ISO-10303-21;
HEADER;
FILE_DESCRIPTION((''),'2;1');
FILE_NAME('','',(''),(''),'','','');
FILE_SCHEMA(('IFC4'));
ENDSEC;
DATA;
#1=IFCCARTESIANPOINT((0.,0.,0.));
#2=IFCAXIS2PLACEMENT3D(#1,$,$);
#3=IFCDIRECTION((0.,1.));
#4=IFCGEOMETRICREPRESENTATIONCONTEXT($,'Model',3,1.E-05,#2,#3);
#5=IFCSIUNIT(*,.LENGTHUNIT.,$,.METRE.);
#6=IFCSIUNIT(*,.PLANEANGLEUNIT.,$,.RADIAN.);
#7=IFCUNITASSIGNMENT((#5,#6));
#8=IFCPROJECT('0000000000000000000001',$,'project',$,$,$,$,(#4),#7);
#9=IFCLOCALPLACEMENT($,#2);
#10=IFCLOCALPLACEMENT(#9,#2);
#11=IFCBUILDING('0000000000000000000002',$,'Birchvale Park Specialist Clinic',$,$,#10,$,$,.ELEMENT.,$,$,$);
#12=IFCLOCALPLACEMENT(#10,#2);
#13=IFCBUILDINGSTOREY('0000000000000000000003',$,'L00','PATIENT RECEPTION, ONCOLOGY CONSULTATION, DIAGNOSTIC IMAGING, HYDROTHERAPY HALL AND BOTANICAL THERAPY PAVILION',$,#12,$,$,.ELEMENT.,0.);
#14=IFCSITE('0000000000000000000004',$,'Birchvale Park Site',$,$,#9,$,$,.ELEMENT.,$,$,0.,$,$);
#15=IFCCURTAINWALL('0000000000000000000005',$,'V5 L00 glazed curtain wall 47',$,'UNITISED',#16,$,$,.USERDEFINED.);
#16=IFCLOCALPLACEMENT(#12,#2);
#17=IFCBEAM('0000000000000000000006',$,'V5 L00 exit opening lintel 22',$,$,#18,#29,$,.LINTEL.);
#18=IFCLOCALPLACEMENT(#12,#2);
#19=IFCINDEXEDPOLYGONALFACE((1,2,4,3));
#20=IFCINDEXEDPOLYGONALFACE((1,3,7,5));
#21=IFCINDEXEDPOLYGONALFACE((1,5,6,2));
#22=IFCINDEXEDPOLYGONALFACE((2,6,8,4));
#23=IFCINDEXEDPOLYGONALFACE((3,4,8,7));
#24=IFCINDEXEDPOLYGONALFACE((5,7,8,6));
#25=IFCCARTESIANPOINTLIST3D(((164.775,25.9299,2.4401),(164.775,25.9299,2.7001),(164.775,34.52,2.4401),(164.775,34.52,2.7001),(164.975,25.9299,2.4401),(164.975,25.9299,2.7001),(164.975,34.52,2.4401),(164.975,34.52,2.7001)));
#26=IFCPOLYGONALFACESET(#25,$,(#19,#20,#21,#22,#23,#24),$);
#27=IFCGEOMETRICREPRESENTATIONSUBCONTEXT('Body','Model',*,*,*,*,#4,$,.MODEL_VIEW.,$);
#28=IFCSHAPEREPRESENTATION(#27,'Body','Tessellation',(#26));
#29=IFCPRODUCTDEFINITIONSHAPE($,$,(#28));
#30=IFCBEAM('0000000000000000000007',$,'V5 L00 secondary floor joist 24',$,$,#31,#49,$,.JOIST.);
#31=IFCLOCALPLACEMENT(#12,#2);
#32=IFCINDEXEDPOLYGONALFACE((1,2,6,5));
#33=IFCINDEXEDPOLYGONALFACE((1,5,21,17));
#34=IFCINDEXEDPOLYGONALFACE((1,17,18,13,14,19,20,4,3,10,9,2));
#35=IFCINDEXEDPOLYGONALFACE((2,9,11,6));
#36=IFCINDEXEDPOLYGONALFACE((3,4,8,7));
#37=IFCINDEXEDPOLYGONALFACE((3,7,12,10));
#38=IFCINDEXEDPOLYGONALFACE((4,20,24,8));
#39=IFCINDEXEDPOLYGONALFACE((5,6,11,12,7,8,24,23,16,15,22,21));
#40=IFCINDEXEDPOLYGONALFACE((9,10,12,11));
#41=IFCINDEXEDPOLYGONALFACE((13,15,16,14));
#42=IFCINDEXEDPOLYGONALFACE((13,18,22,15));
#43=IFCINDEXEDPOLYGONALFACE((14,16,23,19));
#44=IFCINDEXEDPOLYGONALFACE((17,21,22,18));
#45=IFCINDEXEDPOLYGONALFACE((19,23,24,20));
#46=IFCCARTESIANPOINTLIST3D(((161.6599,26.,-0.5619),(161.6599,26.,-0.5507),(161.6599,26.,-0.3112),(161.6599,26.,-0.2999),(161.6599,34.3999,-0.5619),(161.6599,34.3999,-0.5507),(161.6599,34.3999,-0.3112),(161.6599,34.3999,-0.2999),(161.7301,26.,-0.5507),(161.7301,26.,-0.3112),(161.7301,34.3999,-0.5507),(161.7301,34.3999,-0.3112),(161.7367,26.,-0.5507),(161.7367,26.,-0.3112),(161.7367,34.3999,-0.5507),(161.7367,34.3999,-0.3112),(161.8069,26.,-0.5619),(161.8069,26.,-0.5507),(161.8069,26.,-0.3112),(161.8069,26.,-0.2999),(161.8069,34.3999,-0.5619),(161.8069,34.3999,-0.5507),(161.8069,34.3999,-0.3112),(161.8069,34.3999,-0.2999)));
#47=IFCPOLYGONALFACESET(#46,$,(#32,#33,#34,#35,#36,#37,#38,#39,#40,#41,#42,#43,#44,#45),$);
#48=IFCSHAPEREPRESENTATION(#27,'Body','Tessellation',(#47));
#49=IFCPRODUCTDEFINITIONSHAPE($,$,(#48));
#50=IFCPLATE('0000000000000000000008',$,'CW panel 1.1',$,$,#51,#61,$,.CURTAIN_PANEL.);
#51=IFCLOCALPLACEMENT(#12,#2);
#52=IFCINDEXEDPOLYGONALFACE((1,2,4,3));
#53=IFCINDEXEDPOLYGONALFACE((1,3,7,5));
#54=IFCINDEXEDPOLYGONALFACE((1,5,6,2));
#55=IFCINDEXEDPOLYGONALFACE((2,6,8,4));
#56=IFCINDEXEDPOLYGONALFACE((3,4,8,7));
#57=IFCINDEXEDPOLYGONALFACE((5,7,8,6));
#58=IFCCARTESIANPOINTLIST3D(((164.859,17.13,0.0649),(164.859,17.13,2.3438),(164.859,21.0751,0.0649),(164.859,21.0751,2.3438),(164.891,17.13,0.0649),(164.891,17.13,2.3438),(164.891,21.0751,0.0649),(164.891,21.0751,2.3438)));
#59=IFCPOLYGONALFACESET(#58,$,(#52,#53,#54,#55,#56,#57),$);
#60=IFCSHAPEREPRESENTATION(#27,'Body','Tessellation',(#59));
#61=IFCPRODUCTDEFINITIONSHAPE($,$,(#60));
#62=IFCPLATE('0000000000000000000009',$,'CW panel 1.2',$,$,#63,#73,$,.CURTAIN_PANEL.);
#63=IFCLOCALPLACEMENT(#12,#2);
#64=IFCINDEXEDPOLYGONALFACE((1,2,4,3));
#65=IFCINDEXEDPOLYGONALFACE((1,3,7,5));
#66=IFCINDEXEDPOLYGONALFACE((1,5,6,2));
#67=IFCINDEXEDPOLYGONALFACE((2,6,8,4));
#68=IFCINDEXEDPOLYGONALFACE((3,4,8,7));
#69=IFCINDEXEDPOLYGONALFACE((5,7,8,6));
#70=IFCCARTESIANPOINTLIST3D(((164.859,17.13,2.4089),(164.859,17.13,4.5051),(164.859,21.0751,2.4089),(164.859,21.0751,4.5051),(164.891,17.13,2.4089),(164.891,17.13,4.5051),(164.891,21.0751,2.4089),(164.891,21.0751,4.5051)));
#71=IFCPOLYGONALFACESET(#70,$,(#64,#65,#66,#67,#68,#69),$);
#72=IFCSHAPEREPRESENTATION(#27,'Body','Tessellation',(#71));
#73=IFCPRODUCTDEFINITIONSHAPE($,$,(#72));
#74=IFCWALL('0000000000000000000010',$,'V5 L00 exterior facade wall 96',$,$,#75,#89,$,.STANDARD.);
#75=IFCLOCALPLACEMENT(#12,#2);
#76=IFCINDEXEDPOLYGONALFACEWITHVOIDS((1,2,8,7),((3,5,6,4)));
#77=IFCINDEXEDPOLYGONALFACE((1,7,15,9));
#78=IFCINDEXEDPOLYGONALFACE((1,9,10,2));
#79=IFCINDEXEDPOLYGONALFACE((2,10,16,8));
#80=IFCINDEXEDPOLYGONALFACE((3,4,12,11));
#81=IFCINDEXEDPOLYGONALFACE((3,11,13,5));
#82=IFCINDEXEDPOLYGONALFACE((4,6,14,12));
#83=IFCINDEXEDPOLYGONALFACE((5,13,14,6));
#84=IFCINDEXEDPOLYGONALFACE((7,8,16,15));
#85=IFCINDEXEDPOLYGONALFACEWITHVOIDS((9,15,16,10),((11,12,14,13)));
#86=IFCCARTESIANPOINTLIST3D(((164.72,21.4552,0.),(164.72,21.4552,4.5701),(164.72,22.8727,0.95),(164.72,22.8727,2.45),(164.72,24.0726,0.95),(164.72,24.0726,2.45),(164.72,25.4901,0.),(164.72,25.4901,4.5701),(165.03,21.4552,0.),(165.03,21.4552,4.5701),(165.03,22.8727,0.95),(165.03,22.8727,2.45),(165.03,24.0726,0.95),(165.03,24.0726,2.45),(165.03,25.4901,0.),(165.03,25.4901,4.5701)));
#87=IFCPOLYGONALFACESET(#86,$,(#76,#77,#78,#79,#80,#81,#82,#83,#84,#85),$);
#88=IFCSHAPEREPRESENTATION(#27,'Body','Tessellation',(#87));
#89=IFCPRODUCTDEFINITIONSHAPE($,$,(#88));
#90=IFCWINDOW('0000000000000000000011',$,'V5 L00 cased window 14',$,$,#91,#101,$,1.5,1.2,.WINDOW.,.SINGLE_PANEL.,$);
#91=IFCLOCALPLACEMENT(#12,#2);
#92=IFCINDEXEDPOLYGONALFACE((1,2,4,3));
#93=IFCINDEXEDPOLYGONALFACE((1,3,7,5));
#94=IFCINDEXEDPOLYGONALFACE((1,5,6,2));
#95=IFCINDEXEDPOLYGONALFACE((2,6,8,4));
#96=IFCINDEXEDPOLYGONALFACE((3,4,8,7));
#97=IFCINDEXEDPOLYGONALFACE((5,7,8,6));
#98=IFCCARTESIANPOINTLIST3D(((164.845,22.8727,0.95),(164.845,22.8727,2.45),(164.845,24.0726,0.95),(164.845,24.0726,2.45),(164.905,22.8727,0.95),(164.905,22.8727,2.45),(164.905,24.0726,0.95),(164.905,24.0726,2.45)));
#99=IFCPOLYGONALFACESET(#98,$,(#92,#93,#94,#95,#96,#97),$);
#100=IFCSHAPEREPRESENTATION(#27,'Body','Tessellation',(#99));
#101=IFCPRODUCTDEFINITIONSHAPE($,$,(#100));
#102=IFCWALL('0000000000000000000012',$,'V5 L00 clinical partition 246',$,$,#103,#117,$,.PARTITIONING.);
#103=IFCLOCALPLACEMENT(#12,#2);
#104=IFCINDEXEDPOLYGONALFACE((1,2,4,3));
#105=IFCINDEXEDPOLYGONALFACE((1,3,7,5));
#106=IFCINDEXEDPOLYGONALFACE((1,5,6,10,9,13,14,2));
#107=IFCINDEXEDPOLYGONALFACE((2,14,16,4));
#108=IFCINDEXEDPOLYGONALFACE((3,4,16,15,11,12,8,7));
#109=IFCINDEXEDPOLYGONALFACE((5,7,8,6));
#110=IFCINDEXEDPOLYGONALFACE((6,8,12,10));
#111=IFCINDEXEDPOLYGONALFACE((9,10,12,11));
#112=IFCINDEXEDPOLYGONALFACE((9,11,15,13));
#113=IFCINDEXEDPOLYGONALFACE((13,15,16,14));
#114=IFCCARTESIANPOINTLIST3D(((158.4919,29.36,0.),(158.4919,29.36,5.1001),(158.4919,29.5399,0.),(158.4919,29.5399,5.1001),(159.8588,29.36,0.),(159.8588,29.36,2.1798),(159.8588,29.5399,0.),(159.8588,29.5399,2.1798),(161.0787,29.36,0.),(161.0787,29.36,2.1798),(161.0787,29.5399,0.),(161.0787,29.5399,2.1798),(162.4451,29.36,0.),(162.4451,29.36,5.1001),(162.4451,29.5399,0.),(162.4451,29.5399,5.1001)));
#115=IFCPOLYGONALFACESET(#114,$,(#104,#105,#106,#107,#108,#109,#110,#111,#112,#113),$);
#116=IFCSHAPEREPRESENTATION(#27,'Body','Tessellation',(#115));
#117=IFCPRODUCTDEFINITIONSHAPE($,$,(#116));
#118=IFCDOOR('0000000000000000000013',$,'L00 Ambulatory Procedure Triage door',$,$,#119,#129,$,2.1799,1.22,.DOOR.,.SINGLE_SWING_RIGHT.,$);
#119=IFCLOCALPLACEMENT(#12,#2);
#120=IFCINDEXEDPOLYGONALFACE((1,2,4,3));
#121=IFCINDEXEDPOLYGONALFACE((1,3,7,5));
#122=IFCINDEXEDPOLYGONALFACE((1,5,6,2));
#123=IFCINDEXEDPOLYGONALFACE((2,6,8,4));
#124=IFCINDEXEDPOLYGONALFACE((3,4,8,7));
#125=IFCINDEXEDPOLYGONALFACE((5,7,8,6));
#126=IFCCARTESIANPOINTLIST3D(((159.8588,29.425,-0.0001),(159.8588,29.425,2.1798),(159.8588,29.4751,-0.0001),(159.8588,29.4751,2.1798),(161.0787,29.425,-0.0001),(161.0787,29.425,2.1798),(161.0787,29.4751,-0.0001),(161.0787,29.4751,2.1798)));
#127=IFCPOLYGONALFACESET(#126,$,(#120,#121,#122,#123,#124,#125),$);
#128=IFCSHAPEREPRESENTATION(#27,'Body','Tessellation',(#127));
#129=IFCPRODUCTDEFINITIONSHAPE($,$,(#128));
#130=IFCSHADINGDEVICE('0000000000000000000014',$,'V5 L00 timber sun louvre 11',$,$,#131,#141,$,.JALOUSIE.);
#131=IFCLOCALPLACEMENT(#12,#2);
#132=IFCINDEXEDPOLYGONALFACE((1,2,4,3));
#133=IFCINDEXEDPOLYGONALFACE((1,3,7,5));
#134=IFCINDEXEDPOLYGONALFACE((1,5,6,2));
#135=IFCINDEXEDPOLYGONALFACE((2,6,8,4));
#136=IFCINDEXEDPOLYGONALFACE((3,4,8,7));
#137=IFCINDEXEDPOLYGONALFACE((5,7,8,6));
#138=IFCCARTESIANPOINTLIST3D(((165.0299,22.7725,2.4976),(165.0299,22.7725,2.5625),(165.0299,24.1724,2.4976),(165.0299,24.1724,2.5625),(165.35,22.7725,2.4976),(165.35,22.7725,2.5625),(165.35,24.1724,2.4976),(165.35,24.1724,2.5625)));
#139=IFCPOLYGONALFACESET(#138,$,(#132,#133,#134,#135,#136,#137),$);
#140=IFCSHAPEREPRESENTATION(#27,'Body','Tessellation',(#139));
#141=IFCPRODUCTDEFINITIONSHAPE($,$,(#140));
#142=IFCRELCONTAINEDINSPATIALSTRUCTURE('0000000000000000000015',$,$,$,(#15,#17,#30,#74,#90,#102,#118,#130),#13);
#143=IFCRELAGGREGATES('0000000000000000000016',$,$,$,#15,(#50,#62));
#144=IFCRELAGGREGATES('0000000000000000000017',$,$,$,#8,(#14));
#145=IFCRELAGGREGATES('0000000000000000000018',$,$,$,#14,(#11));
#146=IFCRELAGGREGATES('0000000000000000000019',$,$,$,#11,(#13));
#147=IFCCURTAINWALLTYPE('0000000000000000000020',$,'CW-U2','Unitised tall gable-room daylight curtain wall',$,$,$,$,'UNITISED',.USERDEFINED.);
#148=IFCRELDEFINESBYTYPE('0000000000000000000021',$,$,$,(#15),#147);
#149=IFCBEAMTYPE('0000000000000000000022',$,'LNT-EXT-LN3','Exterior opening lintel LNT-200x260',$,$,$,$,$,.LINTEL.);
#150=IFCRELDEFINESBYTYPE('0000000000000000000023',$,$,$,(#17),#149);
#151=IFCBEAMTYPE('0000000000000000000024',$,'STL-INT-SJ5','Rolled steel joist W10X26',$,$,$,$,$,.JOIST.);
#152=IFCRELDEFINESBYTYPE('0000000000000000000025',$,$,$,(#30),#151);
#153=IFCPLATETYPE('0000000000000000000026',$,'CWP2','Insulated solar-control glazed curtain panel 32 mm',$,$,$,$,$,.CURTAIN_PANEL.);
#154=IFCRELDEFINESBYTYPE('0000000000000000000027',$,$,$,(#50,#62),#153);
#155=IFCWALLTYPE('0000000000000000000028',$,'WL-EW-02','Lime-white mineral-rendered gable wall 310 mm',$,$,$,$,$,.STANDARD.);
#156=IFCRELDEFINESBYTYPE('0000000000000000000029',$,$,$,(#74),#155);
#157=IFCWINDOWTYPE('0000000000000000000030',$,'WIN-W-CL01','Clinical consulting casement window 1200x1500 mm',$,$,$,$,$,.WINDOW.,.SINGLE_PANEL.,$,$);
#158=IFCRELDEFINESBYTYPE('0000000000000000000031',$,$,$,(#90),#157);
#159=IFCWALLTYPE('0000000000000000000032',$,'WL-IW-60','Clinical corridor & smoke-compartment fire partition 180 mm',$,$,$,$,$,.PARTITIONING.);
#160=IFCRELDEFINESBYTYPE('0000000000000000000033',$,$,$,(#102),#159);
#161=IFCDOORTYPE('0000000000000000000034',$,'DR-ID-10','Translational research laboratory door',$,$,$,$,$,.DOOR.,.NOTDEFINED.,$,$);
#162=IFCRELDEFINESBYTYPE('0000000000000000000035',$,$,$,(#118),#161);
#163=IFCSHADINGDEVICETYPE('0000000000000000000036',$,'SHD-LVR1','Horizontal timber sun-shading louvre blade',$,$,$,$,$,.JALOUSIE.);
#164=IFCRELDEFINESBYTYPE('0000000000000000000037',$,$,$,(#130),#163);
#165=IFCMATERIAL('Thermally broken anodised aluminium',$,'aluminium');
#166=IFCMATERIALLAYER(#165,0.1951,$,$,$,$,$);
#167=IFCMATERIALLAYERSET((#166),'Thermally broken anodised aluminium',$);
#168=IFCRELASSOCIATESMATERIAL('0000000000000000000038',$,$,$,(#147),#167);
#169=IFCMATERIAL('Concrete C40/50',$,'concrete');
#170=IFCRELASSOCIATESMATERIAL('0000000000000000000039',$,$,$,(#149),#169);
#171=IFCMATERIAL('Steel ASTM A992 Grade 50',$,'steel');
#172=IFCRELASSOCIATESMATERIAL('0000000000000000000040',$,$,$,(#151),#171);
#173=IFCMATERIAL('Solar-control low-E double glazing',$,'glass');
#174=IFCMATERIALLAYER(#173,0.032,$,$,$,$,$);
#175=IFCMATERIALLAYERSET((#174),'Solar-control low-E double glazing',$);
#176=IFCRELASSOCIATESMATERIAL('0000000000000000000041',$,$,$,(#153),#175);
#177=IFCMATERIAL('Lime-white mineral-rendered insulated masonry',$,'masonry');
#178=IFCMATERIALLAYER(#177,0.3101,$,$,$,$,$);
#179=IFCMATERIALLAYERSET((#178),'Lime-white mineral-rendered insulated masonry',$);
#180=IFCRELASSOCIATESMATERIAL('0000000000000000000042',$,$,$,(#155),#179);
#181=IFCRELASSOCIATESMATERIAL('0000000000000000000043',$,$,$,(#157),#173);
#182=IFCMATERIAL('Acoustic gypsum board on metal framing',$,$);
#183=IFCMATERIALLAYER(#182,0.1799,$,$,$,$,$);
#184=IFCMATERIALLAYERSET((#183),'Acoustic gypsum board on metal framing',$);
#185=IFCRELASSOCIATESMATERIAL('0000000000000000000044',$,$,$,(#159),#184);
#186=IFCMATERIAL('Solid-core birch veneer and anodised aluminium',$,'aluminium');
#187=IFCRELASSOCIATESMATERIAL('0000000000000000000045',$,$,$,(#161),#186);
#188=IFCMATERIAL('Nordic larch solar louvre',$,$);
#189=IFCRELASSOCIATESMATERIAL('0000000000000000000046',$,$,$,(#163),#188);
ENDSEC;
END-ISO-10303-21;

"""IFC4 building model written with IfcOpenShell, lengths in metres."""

from ifc_helpers import new_model, si_unit, direction, frame, frame_2d, origin, origin_2d, place, context, subcontext, project, spatial, rectangle, i_section, extrude, material, layer, layer_set, material_profile, profile_set, type_object, element, fill, aggregate, save


model = new_model("IFC4")

# Units and contexts
model_context = context("Model", 3, precision=1e-05, world=origin(), true_north=direction((0.0, 1.0)))
body_context = subcontext(model_context, "Body", "Model", "MODEL_VIEW")
ifc_project = project(units=[si_unit("LENGTHUNIT", "METRE"), si_unit("PLANEANGLEUNIT", "RADIAN")], contexts=[model_context])

# Site, building, storey
site_placement = place(None, origin())
site = spatial("IfcSite", under=ifc_project, at=site_placement, Name="Birchvale Park Site", CompositionType="ELEMENT", RefElevation=0.0)
building_placement = place(site_placement, origin())
building = spatial("IfcBuilding", under=site, at=building_placement, Name="Birchvale Park Specialist Clinic", CompositionType="ELEMENT")
storey_placement = place(building_placement, origin())
storey = spatial("IfcBuildingStorey", under=building, at=storey_placement, Name="L00", Description="PATIENT RECEPTION, ONCOLOGY CONSULTATION, DIAGNOSTIC IMAGING, HYDROTHERAPY HALL AND BOTANICAL THERAPY PAVILION", CompositionType="ELEMENT", Elevation=0.0)

# Shared definitions
ifc_material_1 = material(Name="Concrete C40/50", Category="concrete")

# Curtain wall
ifc_material_2 = material(Name="Thermally broken anodised aluminium", Category="aluminium")
ifc_layer_1 = layer(ifc_material_2, 0.1951)
ifc_layer_set_1 = layer_set([ifc_layer_1], Name="Thermally broken anodised aluminium")
curtain_wall_type = type_object("IfcCurtainWallType", Name="CW-U2", Description="Unitised tall gable-room daylight curtain wall", ElementType="UNITISED", PredefinedType="USERDEFINED", material=ifc_layer_set_1)
curtain_wall_placement = place(storey_placement, origin())
curtain_wall = element("IfcCurtainWall", 1, at=curtain_wall_placement, inside=storey, type_object=curtain_wall_type, Name="V5 L00 glazed curtain wall 47", ObjectType="UNITISED", PredefinedType="USERDEFINED")

# Beams
ifc_material_profile_1 = material_profile(ifc_material_1, rectangle(XDim=0.2, YDim=0.26, at=origin_2d()), Name="LNT-200x260")
ifc_profile_set_1 = profile_set([ifc_material_profile_1], Name="Concrete C40/50")
beam_type_1 = type_object("IfcBeamType", Name="LNT-EXT-LN3", Description="Exterior opening lintel LNT-200x260", PredefinedType="LINTEL", material=ifc_profile_set_1)
beam_1_placement = place(storey_placement, frame((164.875, 25.9299, 2.5701), z_axis=(0.0, 1.0, 0.0), x_axis=(-1.0, 0.0, 0.0)))
element("IfcBeam", 2, at=beam_1_placement, inside=storey, type_object=beam_type_1, Name="V5 L00 exit opening lintel 22", PredefinedType="LINTEL", context=body_context, shape_type="SweptSolid", body=[
    extrude(rectangle(XDim=0.2, YDim=0.26, at=origin_2d()), origin(), (0.0, 0.0, 1.0), 8.5901),
])
ifc_material_3 = material(Name="Steel ASTM A992 Grade 50", Category="steel")
ifc_material_profile_2 = material_profile(ifc_material_3, i_section(OverallWidth=0.147, OverallDepth=0.262, WebThickness=0.0066, FlangeThickness=0.0112, at=origin_2d()), Name="W10X26")
ifc_profile_set_2 = profile_set([ifc_material_profile_2], Name="Steel ASTM A992 Grade 50")
beam_type_2 = type_object("IfcBeamType", Name="STL-INT-SJ5", Description="Rolled steel joist W10X26", PredefinedType="JOIST", material=ifc_profile_set_2)
beam_2_placement = place(storey_placement, frame((161.7334, 26.0, -0.4309), z_axis=(0.0, 1.0, 0.0), x_axis=(-1.0, 0.0, 0.0)))
element("IfcBeam", 3, at=beam_2_placement, inside=storey, type_object=beam_type_2, Name="V5 L00 secondary floor joist 24", PredefinedType="JOIST", context=body_context, shape_type="SweptSolid", body=[
    extrude(i_section(OverallWidth=0.147, OverallDepth=0.262, WebThickness=0.0066, FlangeThickness=0.0112, at=origin_2d()), origin(), (0.0, 0.0, 1.0), 8.3999),
])

# Plates
ifc_material_4 = material(Name="Solar-control low-E double glazing", Category="glass")
ifc_layer_2 = layer(ifc_material_4, 0.032)
ifc_layer_set_2 = layer_set([ifc_layer_2], Name="Solar-control low-E double glazing")
plate_type = type_object("IfcPlateType", Name="CWP2", Description="Insulated solar-control glazed curtain panel 32 mm", PredefinedType="CURTAIN_PANEL", material=ifc_layer_set_2)
plate_1_placement = place(storey_placement, frame((164.875, 19.1025, 0.0649), z_axis=(0.0, 0.0, 1.0), x_axis=(0.0, 1.0, 0.0)))
plate_1 = element("IfcPlate", 4, at=plate_1_placement, type_object=plate_type, Name="CW panel 1.1", PredefinedType="CURTAIN_PANEL", context=body_context, shape_type="SweptSolid", body=[
    extrude(rectangle(XDim=3.9451, YDim=0.032, at=origin_2d()), origin(), (0.0, 0.0, 1.0), 2.2788),
])
plate_2_placement = place(storey_placement, frame((164.875, 19.1025, 2.4089), z_axis=(0.0, 0.0, 1.0), x_axis=(0.0, 1.0, 0.0)))
plate_2 = element("IfcPlate", 5, at=plate_2_placement, type_object=plate_type, Name="CW panel 1.2", PredefinedType="CURTAIN_PANEL", context=body_context, shape_type="SweptSolid", body=[
    extrude(rectangle(XDim=3.9451, YDim=0.032, at=origin_2d()), origin(), (0.0, 0.0, 1.0), 2.0962),
])
aggregate(curtain_wall, [plate_1, plate_2])

# Wall, opening, window
ifc_material_5 = material(Name="Lime-white mineral-rendered insulated masonry", Category="masonry")
ifc_layer_3 = layer(ifc_material_5, 0.3101)
ifc_layer_set_3 = layer_set([ifc_layer_3], Name="Lime-white mineral-rendered insulated masonry")
wall_type_1 = type_object("IfcWallType", Name="WL-EW-02", Description="Lime-white mineral-rendered gable wall 310 mm", PredefinedType="STANDARD", material=ifc_layer_set_3)
wall_1_placement = place(storey_placement, frame((164.875, 21.4551, 0.0), z_axis=(0.0, 0.0, 1.0), x_axis=(0.0, 1.0, 0.0)))
wall_1 = element("IfcWall", 6, at=wall_1_placement, inside=storey, type_object=wall_type_1, Name="V5 L00 exterior facade wall 96", PredefinedType="STANDARD", context=body_context, shape_type="SweptSolid", body=[
    extrude(rectangle(XDim=4.0349, YDim=0.3101, at=frame_2d((2.0176, 0.0))), origin(), (0.0, 0.0, 1.0), 4.5701),
])
opening_1_placement = place(wall_1_placement, frame((1.4175, 0.0, 0.95)))
opening_1 = element("IfcOpeningElement", 7, at=opening_1_placement, cuts=wall_1, PredefinedType="OPENING", context=body_context, shape_type="SweptSolid", body=[
    extrude(rectangle(XDim=1.2, YDim=1.5, at=frame_2d((0.6001, 0.75))), frame((0.0, 0.165, 0.0), z_axis=(0.0, -1.0, 0.0), x_axis=(1.0, 0.0, 0.0)), (0.0, 0.0, 1.0), 0.3301),
])
window_type = type_object("IfcWindowType", Name="WIN-W-CL01", Description="Clinical consulting casement window 1200x1500 mm", PartitioningType="SINGLE_PANEL", PredefinedType="WINDOW", material=ifc_material_4)
window_placement = place(opening_1_placement, origin())
window = element("IfcWindow", 8, at=window_placement, inside=storey, type_object=window_type, Name="V5 L00 cased window 14", OverallHeight=1.5, OverallWidth=1.2, PartitioningType="SINGLE_PANEL", PredefinedType="WINDOW", context=body_context, shape_type="SweptSolid", body=[
    extrude(rectangle(XDim=1.2, YDim=1.5, at=frame_2d((0.6001, 0.75))), frame((0.0, 0.03, 0.0), z_axis=(0.0, -1.0, 0.0), x_axis=(1.0, 0.0, 0.0)), (0.0, 0.0, 1.0), 0.0601),
])
fill(opening_1, window)

# Wall, opening, door
ifc_material_6 = material(Name="Acoustic gypsum board on metal framing")
ifc_layer_4 = layer(ifc_material_6, 0.1799)
ifc_layer_set_4 = layer_set([ifc_layer_4], Name="Acoustic gypsum board on metal framing")
wall_type_2 = type_object("IfcWallType", Name="WL-IW-60", Description="Clinical corridor & smoke-compartment fire partition 180 mm", PredefinedType="PARTITIONING", material=ifc_layer_set_4)
wall_2_placement = place(storey_placement, frame((162.4451, 29.45, 0.0), z_axis=(0.0, 0.0, 1.0), x_axis=(-1.0, 0.0, 0.0)))
wall_2 = element("IfcWall", 9, at=wall_2_placement, inside=storey, type_object=wall_type_2, Name="V5 L00 clinical partition 246", PredefinedType="PARTITIONING", context=body_context, shape_type="SweptSolid", body=[
    extrude(rectangle(XDim=3.9531, YDim=0.1799, at=frame_2d((1.9766, 0.0))), origin(), (0.0, 0.0, 1.0), 5.1001),
])
opening_2_placement = place(wall_2_placement, frame((1.3665, 0.0, 0.0)))
opening_2 = element("IfcOpeningElement", 10, at=opening_2_placement, cuts=wall_2, PredefinedType="OPENING", context=body_context, shape_type="SweptSolid", body=[
    extrude(rectangle(XDim=1.22, YDim=2.1799, at=frame_2d((0.6099, 1.0898))), frame((0.0, 0.1001, 0.0), z_axis=(0.0, -1.0, 0.0), x_axis=(1.0, 0.0, 0.0)), (0.0, 0.0, 1.0), 0.2),
])
ifc_material_7 = material(Name="Solid-core birch veneer and anodised aluminium", Category="aluminium")
door_type_1 = type_object("IfcDoorType", Name="DR-ID-10", Description="Translational research laboratory door", OperationType="NOTDEFINED", PredefinedType="DOOR", material=ifc_material_7)
door_1_placement = place(opening_2_placement, origin())
door_1 = element("IfcDoor", 11, at=door_1_placement, inside=storey, type_object=door_type_1, Name="L00 Ambulatory Procedure Triage door", OperationType="SINGLE_SWING_RIGHT", OverallHeight=2.1799, OverallWidth=1.22, PredefinedType="DOOR", context=body_context, shape_type="SweptSolid", body=[
    extrude(rectangle(XDim=1.22, YDim=2.1799, at=frame_2d((0.6099, 1.0898))), frame((0.0, 0.0249, 0.0), z_axis=(0.0, -1.0, 0.0), x_axis=(1.0, 0.0, 0.0)), (0.0, 0.0, 1.0), 0.05),
])
fill(opening_2, door_1)

# Shading device
ifc_material_8 = material(Name="Nordic larch solar louvre")
shading_device_type = type_object("IfcShadingDeviceType", Name="SHD-LVR1", Description="Horizontal timber sun-shading louvre blade", PredefinedType="JALOUSIE", material=ifc_material_8)
shading_device_placement = place(storey_placement, frame((165.1899, 23.4724, 2.4976), z_axis=(0.0, 0.0, 1.0), x_axis=(0.0, 1.0, 0.0)))
element("IfcShadingDevice", 12, at=shading_device_placement, inside=storey, type_object=shading_device_type, Name="V5 L00 timber sun louvre 11", PredefinedType="JALOUSIE", context=body_context, shape_type="SweptSolid", body=[
    extrude(rectangle(XDim=1.3999, YDim=0.3201, at=origin_2d()), origin(), (0.0, 0.0, 1.0), 0.0649),
])

save(model, "model.ifc")
